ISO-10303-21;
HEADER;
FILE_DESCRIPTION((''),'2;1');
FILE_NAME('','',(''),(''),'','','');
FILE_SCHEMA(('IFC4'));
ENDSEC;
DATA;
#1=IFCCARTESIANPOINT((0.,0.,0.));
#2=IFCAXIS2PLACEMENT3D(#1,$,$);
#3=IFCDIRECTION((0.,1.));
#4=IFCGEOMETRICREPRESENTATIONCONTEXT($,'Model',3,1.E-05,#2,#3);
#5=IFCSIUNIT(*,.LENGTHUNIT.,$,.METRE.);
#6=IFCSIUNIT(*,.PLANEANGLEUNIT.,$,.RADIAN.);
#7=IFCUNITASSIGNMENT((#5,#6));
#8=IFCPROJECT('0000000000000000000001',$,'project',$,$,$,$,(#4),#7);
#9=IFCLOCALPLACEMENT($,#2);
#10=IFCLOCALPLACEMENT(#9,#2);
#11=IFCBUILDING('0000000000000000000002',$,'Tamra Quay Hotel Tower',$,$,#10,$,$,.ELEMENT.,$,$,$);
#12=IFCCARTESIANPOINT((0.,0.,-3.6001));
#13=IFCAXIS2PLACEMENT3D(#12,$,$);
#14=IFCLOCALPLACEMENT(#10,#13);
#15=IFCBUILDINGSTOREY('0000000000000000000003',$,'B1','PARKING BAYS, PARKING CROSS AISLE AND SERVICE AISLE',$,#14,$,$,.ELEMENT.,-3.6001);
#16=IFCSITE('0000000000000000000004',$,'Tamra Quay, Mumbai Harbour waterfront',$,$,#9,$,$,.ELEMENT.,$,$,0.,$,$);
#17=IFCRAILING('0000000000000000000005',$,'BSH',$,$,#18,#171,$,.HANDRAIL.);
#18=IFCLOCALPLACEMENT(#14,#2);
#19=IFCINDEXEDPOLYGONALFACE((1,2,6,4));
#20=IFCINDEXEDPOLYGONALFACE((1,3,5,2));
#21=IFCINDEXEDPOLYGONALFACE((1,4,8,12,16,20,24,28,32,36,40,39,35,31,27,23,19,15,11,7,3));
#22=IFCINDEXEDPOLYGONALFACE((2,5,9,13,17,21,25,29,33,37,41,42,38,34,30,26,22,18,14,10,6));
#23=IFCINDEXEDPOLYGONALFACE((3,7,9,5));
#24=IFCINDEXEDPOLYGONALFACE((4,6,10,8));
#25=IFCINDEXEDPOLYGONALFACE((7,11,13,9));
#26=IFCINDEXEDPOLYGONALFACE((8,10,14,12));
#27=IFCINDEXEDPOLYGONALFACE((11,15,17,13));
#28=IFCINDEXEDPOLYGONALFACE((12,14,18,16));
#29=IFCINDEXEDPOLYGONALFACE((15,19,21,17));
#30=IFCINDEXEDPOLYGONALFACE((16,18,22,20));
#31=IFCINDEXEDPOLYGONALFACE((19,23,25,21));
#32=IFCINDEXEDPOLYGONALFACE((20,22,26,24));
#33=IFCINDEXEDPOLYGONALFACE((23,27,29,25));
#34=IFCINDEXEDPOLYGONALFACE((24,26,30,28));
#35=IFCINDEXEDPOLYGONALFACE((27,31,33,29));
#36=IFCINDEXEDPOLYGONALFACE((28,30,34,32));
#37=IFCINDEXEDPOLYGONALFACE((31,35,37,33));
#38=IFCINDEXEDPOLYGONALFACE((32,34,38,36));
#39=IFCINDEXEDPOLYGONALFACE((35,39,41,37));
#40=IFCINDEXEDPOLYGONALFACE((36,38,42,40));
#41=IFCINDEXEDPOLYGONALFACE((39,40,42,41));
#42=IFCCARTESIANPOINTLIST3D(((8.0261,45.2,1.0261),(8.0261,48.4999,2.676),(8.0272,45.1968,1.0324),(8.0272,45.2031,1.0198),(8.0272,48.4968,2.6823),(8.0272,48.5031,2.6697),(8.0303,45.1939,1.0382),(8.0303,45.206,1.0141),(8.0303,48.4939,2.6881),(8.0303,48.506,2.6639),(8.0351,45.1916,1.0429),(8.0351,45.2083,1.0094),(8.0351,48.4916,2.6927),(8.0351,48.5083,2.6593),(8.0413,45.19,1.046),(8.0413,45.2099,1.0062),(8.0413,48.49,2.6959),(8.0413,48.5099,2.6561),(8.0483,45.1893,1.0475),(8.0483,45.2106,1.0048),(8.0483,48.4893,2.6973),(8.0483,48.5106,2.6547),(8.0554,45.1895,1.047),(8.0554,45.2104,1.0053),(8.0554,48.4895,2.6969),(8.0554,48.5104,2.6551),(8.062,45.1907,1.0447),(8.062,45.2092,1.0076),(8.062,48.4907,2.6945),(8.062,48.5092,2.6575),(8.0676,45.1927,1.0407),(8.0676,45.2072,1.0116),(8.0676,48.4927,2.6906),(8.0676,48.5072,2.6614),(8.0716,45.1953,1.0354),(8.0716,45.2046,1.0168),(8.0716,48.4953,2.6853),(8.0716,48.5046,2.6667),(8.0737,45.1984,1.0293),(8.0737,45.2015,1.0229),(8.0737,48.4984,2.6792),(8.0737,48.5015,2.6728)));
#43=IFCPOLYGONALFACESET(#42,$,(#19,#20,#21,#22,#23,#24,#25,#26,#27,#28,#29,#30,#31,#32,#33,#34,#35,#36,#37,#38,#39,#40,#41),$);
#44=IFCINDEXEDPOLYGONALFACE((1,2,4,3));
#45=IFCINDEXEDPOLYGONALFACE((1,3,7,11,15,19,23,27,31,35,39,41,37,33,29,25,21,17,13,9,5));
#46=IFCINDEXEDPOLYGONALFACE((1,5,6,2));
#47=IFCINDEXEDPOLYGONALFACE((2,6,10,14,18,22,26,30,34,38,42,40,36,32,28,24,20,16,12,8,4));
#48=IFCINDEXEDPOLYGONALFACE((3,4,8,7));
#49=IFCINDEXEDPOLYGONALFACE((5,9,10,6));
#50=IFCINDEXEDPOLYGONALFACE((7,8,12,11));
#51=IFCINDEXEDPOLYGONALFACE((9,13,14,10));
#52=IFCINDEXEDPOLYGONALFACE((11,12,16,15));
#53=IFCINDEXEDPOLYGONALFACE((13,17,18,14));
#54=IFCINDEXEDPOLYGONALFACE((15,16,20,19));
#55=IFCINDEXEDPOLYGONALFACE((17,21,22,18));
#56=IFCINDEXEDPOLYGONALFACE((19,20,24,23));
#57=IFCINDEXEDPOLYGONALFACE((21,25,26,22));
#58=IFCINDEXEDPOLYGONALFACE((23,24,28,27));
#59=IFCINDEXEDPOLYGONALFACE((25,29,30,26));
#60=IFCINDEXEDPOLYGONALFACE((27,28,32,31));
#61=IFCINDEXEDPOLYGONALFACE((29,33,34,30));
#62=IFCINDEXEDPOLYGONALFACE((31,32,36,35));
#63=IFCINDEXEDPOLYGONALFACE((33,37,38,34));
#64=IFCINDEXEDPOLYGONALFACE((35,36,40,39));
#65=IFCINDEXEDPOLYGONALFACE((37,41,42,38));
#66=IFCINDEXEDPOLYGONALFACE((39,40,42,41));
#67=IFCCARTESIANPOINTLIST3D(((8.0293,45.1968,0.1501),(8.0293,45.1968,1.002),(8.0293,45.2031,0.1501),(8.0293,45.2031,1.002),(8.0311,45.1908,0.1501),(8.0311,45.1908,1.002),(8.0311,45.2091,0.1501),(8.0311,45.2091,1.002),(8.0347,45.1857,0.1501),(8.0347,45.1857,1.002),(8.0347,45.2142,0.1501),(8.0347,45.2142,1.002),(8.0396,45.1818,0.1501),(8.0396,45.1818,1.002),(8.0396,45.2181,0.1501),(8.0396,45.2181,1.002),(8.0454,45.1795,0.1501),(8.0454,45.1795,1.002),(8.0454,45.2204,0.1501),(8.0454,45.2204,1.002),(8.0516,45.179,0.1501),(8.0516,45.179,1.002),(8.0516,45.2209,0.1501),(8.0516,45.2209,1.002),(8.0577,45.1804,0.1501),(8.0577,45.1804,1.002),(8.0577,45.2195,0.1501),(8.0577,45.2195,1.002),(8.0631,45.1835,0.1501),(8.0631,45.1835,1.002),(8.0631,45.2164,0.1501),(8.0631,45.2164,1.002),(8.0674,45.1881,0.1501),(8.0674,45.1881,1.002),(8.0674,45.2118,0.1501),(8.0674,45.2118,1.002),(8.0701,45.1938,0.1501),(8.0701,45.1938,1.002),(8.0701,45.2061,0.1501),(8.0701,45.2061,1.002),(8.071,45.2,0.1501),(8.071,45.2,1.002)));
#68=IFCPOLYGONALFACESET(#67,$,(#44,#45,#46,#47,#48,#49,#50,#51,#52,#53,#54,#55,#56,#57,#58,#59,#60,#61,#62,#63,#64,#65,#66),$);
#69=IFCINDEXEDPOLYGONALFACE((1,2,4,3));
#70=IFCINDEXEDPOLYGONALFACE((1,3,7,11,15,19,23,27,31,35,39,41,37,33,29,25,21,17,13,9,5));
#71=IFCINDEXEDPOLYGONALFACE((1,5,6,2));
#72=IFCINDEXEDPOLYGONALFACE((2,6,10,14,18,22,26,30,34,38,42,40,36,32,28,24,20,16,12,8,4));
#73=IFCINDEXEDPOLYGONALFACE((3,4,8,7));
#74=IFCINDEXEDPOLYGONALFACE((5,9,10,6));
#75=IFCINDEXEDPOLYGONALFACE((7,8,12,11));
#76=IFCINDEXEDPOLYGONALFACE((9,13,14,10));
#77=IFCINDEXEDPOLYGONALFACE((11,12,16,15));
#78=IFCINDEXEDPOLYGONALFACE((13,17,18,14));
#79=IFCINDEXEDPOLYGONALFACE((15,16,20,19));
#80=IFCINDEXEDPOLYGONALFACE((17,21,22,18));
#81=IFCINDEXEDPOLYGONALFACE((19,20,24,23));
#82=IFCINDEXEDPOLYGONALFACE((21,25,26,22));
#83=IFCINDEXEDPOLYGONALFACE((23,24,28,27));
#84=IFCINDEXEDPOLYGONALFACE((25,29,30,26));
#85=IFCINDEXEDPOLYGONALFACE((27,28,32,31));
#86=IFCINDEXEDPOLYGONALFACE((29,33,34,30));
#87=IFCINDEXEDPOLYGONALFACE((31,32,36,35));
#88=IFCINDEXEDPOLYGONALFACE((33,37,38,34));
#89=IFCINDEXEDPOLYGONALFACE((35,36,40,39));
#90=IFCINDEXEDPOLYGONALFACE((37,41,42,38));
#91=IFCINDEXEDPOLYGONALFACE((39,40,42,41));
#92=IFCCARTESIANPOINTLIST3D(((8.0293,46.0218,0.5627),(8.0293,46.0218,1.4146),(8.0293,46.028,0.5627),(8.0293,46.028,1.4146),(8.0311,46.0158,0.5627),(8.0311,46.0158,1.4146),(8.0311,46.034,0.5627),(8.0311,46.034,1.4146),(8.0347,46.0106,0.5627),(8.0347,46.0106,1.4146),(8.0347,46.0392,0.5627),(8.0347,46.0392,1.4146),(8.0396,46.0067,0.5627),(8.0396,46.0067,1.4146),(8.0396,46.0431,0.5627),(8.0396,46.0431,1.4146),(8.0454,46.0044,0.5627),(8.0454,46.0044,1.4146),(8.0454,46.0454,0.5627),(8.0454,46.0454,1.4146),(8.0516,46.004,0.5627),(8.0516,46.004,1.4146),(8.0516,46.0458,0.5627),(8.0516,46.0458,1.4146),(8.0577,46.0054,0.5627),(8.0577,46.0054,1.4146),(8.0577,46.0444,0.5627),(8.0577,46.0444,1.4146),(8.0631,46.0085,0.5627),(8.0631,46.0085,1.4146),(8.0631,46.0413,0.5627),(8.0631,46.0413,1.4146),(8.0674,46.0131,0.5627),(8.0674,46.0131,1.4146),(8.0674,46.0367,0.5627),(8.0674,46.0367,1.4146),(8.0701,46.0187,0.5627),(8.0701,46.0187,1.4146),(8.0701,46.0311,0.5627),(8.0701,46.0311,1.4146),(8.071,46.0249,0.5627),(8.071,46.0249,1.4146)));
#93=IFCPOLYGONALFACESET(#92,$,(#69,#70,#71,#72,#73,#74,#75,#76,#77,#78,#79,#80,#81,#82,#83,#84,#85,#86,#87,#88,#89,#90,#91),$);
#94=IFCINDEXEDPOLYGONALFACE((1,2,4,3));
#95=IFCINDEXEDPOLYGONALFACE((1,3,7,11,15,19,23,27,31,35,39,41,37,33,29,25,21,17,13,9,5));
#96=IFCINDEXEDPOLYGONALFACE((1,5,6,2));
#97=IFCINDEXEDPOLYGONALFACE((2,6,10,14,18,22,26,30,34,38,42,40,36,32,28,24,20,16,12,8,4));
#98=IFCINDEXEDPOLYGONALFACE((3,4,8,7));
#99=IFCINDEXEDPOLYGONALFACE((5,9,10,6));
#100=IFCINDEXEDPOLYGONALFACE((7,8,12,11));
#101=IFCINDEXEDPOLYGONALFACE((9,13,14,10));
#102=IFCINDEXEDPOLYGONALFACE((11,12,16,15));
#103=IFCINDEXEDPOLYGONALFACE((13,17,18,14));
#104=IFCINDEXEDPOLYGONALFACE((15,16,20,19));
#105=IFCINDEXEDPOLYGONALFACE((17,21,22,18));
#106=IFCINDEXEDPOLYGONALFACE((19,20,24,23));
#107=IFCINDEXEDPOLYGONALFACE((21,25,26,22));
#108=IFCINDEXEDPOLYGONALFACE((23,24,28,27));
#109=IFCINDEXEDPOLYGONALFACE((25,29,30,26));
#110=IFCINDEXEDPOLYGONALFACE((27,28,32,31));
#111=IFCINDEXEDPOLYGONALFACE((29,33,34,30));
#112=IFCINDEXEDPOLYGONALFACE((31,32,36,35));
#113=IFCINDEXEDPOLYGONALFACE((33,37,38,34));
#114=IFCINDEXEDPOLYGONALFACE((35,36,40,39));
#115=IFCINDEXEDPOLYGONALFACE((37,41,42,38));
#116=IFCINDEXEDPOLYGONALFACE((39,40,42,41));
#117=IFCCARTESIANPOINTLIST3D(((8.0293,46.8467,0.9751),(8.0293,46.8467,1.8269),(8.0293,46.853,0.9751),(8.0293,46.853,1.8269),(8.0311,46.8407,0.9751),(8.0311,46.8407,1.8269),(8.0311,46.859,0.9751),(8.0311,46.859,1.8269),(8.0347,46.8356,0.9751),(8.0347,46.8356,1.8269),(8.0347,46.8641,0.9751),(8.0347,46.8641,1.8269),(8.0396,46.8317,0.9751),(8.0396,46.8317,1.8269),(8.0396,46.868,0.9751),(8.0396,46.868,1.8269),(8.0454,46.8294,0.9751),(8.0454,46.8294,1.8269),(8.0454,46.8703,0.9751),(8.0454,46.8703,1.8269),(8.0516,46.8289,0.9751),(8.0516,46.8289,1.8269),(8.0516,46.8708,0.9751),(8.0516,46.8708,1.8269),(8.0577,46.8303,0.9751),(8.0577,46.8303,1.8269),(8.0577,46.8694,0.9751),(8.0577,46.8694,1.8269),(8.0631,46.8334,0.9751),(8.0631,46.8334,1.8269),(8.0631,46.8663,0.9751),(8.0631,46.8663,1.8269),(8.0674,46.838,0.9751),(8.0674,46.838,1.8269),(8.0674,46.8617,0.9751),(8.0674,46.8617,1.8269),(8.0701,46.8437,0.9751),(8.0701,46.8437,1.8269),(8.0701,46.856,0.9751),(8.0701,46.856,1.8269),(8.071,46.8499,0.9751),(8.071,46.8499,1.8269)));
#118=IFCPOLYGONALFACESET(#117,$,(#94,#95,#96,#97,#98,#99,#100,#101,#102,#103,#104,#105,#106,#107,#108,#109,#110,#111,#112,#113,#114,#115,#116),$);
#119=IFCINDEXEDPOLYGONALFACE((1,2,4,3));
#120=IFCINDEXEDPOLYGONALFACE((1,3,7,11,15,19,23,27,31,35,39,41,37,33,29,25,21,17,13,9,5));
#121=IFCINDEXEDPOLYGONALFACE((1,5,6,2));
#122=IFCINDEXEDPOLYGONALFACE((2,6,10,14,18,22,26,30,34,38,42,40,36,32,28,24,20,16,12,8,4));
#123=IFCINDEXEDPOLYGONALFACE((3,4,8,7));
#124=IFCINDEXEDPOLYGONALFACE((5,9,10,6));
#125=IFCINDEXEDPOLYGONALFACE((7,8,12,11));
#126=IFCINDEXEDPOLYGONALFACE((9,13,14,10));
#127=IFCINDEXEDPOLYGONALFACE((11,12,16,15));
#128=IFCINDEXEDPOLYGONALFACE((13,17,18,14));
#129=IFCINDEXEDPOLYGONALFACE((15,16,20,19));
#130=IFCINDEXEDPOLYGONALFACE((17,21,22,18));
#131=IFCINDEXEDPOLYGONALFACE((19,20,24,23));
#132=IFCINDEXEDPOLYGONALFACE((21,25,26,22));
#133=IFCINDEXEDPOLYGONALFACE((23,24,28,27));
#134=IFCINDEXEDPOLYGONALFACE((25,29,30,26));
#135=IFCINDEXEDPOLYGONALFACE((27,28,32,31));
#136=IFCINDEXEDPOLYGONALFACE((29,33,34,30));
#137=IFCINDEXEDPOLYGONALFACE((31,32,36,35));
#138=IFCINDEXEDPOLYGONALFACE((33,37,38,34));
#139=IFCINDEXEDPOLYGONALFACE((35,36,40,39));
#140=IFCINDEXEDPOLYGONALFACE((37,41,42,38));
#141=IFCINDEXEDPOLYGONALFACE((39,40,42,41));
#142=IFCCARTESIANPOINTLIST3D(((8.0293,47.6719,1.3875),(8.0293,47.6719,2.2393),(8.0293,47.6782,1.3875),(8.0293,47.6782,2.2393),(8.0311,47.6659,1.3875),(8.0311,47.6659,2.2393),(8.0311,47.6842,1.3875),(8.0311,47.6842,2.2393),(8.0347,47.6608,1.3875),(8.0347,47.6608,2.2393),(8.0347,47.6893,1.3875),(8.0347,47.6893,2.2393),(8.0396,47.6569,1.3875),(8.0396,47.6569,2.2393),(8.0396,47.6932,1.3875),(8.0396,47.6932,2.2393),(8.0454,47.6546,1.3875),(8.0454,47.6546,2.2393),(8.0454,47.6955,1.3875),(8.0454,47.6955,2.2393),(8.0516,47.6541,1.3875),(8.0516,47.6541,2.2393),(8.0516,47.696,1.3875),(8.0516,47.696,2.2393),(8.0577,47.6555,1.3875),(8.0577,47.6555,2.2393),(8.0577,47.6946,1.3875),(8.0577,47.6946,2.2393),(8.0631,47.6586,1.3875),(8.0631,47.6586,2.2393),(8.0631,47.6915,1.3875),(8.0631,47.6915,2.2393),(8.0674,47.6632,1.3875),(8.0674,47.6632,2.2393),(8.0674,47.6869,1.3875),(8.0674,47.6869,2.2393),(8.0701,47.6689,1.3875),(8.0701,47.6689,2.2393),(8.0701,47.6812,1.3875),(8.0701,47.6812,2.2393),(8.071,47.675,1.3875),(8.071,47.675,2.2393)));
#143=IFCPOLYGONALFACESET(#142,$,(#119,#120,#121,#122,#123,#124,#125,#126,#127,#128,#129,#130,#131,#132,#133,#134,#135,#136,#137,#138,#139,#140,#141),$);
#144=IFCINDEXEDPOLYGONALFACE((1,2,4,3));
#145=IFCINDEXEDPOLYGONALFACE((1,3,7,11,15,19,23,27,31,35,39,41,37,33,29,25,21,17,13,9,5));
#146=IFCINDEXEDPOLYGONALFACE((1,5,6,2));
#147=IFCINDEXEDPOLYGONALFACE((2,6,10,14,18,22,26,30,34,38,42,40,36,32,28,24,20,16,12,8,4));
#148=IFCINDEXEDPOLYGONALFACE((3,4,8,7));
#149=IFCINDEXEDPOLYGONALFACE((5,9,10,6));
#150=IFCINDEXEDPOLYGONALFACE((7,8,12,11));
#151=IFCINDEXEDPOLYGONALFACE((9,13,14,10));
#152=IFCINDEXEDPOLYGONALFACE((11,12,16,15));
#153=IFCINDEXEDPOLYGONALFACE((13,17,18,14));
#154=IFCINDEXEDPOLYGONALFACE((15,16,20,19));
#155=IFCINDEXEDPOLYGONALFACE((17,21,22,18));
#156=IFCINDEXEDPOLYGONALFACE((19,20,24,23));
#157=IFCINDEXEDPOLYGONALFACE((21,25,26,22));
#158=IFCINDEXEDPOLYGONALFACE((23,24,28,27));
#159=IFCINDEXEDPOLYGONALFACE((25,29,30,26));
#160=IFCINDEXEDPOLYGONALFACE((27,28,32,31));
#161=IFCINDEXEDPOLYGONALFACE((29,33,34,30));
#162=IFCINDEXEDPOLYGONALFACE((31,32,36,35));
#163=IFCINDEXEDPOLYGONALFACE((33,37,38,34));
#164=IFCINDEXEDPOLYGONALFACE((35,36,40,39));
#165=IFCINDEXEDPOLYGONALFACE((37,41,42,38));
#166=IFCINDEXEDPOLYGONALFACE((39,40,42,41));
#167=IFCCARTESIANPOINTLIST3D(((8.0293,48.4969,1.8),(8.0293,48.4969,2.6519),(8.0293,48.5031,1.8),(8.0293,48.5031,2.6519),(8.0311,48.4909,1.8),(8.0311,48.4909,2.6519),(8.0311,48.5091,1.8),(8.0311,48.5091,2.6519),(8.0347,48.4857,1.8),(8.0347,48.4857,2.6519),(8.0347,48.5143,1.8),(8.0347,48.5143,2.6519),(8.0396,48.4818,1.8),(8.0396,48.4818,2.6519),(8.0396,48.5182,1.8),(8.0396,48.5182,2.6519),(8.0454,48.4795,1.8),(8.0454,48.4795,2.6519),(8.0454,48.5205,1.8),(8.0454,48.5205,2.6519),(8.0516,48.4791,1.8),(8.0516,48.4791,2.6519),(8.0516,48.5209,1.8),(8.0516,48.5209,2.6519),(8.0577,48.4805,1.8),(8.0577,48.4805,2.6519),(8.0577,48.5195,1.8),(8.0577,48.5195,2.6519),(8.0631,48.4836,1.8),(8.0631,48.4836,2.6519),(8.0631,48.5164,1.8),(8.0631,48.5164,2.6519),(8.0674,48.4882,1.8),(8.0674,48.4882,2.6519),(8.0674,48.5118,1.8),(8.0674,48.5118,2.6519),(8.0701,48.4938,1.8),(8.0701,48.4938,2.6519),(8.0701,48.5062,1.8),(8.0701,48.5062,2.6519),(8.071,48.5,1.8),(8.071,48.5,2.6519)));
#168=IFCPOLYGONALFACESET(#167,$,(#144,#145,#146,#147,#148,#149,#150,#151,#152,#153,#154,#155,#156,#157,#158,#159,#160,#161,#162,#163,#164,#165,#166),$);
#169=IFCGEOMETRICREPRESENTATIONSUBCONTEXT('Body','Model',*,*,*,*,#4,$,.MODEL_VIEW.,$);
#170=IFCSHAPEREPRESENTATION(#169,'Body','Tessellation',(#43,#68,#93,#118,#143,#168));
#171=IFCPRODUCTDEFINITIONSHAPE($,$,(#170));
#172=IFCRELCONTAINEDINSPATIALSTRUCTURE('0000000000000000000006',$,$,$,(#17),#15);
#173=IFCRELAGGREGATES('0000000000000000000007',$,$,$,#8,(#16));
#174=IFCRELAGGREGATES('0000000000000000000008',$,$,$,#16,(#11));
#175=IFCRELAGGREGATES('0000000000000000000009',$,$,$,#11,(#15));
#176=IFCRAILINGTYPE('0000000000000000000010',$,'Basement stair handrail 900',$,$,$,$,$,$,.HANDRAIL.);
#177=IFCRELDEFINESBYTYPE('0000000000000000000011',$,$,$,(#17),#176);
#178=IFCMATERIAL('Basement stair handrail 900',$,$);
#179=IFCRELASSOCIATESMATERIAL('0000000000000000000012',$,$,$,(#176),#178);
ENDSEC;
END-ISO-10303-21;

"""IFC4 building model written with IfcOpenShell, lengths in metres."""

from ifc_helpers import new_model, si_unit, direction, frame, origin, origin_2d, place, context, subcontext, project, spatial, circle, extrude, material, type_object, element, save


model = new_model("IFC4")

# Units and contexts
model_context = context("Model", 3, precision=1e-05, world=origin(), true_north=direction((0.0, 1.0)))
body_context = subcontext(model_context, "Body", "Model", "MODEL_VIEW")
ifc_project = project(units=[si_unit("LENGTHUNIT", "METRE"), si_unit("PLANEANGLEUNIT", "RADIAN")], contexts=[model_context])

# Site, building, storey
site_placement = place(None, origin())
site = spatial("IfcSite", under=ifc_project, at=site_placement, Name="Tamra Quay, Mumbai Harbour waterfront", CompositionType="ELEMENT", RefElevation=0.0)
building_placement = place(site_placement, origin())
building = spatial("IfcBuilding", under=site, at=building_placement, Name="Tamra Quay Hotel Tower", CompositionType="ELEMENT")
storey_placement = place(building_placement, frame((0.0, 0.0, -3.6001)))
storey = spatial("IfcBuildingStorey", under=building, at=storey_placement, Name="B1", Description="PARKING BAYS, PARKING CROSS AISLE AND SERVICE AISLE", CompositionType="ELEMENT", Elevation=-3.6001)

# Railing
ifc_material_1 = material(Name="Basement stair handrail 900")
railing_type = type_object("IfcRailingType", Name="Basement stair handrail 900", PredefinedType="HANDRAIL", material=ifc_material_1)
railing_placement = place(storey_placement, frame((8.05, 45.2, 0.1501)))
element("IfcRailing", 1, at=railing_placement, inside=storey, type_object=railing_type, Name="BSH", PredefinedType="HANDRAIL", context=body_context, shape_type="SweptSolid", body=[
    extrude(circle(Radius=0.0239, at=origin_2d()), frame((0.0, 0.0, 0.876), z_axis=(0.0, 0.89444, 0.447187), x_axis=(-1.0, 0.0, 0.0)), (0.0, 0.0, 1.0), 3.6895),
    extrude(circle(Radius=0.021, at=origin_2d()), origin(), (0.0, 0.0, 1.0), 0.8518),
    extrude(circle(Radius=0.021, at=origin_2d()), frame((0.0, 0.825, 0.4126)), (0.0, 0.0, 1.0), 0.8518),
    extrude(circle(Radius=0.021, at=origin_2d()), frame((0.0, 1.6499, 0.825)), (0.0, 0.0, 1.0), 0.8518),
    extrude(circle(Radius=0.021, at=origin_2d()), frame((0.0, 2.4751, 1.2373)), (0.0, 0.0, 1.0), 0.8518),
    extrude(circle(Radius=0.021, at=origin_2d()), frame((0.0, 3.3, 1.6499)), (0.0, 0.0, 1.0), 0.8518),
])

save(model, "model.ifc")
